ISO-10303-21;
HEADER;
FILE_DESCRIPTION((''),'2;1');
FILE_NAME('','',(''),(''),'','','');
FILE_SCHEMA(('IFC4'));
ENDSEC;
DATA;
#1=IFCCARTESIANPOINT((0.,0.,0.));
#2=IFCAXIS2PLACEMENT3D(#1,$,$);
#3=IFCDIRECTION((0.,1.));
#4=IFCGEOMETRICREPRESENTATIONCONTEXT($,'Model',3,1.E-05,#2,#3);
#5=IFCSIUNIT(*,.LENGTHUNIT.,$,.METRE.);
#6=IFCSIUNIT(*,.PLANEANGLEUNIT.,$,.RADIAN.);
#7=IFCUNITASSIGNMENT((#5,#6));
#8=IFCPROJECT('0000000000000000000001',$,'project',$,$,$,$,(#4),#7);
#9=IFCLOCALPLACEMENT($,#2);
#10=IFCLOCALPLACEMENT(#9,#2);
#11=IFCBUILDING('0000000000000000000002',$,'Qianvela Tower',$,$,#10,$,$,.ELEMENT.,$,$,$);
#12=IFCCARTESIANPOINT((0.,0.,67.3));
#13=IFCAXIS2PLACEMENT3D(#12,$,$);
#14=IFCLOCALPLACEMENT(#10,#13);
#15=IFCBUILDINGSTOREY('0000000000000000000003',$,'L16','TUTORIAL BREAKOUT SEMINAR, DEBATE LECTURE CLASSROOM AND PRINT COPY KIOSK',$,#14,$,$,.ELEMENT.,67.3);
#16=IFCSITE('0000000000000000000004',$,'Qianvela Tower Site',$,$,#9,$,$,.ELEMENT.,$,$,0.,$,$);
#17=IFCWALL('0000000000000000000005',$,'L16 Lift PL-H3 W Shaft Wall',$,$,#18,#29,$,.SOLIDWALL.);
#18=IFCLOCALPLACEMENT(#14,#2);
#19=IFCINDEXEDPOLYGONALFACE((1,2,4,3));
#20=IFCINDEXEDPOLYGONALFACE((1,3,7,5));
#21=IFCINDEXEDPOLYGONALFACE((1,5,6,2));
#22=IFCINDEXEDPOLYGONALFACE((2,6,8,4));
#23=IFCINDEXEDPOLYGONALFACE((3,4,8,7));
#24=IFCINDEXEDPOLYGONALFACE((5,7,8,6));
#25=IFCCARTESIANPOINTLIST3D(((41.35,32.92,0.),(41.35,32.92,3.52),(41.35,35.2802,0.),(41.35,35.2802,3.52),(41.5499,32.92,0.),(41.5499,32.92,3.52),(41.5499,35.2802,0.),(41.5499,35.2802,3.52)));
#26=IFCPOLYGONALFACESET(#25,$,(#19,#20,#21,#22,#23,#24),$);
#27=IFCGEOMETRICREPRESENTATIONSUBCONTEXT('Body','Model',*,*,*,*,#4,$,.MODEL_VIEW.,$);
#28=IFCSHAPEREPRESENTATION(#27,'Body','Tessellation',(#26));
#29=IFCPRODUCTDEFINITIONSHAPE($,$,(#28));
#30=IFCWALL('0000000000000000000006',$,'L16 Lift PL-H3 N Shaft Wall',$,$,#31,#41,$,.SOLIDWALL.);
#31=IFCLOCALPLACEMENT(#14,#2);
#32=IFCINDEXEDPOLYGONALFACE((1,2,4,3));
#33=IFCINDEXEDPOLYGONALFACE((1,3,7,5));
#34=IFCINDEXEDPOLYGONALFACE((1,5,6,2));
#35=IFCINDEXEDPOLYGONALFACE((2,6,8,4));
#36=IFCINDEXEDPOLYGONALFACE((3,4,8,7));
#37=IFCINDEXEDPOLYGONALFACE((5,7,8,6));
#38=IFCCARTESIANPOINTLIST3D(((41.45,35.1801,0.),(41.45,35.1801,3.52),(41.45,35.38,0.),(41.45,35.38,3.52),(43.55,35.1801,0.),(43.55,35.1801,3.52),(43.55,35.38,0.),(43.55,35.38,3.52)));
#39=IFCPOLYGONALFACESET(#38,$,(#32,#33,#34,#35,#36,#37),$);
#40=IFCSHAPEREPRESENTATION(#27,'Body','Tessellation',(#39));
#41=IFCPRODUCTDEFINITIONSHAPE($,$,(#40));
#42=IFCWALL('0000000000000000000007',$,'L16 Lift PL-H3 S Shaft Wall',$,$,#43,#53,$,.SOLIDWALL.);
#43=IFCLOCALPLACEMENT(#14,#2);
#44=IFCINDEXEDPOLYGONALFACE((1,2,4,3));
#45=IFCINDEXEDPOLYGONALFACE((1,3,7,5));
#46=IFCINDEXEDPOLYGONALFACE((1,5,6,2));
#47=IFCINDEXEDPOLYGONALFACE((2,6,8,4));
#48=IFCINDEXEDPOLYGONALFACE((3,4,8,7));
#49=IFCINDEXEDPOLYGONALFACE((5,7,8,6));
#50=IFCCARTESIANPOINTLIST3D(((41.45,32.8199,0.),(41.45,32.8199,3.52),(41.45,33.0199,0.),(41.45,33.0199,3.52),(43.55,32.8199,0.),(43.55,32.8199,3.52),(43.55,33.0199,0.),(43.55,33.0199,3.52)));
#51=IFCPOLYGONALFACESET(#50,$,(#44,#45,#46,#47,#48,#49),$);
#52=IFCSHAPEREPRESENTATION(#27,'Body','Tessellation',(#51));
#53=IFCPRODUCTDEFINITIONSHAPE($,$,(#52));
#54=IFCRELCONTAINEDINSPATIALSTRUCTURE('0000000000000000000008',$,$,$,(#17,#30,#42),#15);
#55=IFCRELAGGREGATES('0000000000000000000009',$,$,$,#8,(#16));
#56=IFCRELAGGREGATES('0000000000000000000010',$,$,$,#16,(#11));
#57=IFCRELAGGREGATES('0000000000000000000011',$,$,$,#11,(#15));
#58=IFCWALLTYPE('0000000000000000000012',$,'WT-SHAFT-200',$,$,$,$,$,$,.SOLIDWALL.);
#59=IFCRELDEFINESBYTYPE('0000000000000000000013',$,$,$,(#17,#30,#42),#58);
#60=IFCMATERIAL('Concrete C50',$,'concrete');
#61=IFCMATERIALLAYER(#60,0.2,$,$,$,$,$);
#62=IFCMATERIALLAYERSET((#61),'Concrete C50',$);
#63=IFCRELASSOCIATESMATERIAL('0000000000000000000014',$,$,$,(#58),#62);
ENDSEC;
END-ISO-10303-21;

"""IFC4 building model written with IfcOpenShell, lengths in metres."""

from ifc_helpers import new_model, si_unit, direction, frame, frame_2d, origin, place, context, subcontext, project, spatial, rectangle, extrude, material, layer, layer_set, type_object, element, save


model = new_model("IFC4")

# Units and contexts
model_context = context("Model", 3, precision=1e-05, world=origin(), true_north=direction((0.0, 1.0)))
body_context = subcontext(model_context, "Body", "Model", "MODEL_VIEW")
ifc_project = project(units=[si_unit("LENGTHUNIT", "METRE"), si_unit("PLANEANGLEUNIT", "RADIAN")], contexts=[model_context])

# Site, building, storey
site_placement = place(None, origin())
site = spatial("IfcSite", under=ifc_project, at=site_placement, Name="Qianvela Tower Site", CompositionType="ELEMENT", RefElevation=0.0)
building_placement = place(site_placement, origin())
building = spatial("IfcBuilding", under=site, at=building_placement, Name="Qianvela Tower", CompositionType="ELEMENT")
storey_placement = place(building_placement, frame((0.0, 0.0, 67.3)))
storey = spatial("IfcBuildingStorey", under=building, at=storey_placement, Name="L16", Description="TUTORIAL BREAKOUT SEMINAR, DEBATE LECTURE CLASSROOM AND PRINT COPY KIOSK", CompositionType="ELEMENT", Elevation=67.3)

# Walls
ifc_material_1 = material(Name="Concrete C50", Category="concrete")
ifc_layer_1 = layer(ifc_material_1, 0.2)
ifc_layer_set_1 = layer_set([ifc_layer_1], Name="Concrete C50")
wall_type_1 = type_object("IfcWallType", Name="WT-SHAFT-200", PredefinedType="SOLIDWALL", material=ifc_layer_set_1)
for number, where, z_axis, x_axis, name in (
    (1, (41.45, 32.9199, 0.0), (0.0, 0.0, 1.0), (0.0, 1.0, 0.0), "L16 Lift PL-H3 W Shaft Wall"),
):
    element("IfcWall", number, at=place(storey_placement, frame(where, z_axis=z_axis, x_axis=x_axis)), inside=storey, type_object=wall_type_1, Name=name, PredefinedType="SOLIDWALL", context=body_context, shape_type="SweptSolid", body=[
        extrude(rectangle(XDim=2.3601, YDim=0.2, at=frame_2d((1.1802, 0.0))), origin(), (0.0, 0.0, 1.0), 3.52),
    ])
for number, where, z_axis, x_axis, name in (
    (2, (41.45, 35.28, 0.0), (0.0, 0.0, 1.0), (1.0, 0.0, 0.0), "L16 Lift PL-H3 N Shaft Wall"),
    (3, (41.45, 32.9199, 0.0), (0.0, 0.0, 1.0), (1.0, 0.0, 0.0), "L16 Lift PL-H3 S Shaft Wall"),
):
    element("IfcWall", number, at=place(storey_placement, frame(where, z_axis=z_axis, x_axis=x_axis)), inside=storey, type_object=wall_type_1, Name=name, PredefinedType="SOLIDWALL", context=body_context, shape_type="SweptSolid", body=[
        extrude(rectangle(XDim=2.1001, YDim=0.2, at=frame_2d((1.05, 0.0))), origin(), (0.0, 0.0, 1.0), 3.52),
    ])

save(model, "model.ifc")
